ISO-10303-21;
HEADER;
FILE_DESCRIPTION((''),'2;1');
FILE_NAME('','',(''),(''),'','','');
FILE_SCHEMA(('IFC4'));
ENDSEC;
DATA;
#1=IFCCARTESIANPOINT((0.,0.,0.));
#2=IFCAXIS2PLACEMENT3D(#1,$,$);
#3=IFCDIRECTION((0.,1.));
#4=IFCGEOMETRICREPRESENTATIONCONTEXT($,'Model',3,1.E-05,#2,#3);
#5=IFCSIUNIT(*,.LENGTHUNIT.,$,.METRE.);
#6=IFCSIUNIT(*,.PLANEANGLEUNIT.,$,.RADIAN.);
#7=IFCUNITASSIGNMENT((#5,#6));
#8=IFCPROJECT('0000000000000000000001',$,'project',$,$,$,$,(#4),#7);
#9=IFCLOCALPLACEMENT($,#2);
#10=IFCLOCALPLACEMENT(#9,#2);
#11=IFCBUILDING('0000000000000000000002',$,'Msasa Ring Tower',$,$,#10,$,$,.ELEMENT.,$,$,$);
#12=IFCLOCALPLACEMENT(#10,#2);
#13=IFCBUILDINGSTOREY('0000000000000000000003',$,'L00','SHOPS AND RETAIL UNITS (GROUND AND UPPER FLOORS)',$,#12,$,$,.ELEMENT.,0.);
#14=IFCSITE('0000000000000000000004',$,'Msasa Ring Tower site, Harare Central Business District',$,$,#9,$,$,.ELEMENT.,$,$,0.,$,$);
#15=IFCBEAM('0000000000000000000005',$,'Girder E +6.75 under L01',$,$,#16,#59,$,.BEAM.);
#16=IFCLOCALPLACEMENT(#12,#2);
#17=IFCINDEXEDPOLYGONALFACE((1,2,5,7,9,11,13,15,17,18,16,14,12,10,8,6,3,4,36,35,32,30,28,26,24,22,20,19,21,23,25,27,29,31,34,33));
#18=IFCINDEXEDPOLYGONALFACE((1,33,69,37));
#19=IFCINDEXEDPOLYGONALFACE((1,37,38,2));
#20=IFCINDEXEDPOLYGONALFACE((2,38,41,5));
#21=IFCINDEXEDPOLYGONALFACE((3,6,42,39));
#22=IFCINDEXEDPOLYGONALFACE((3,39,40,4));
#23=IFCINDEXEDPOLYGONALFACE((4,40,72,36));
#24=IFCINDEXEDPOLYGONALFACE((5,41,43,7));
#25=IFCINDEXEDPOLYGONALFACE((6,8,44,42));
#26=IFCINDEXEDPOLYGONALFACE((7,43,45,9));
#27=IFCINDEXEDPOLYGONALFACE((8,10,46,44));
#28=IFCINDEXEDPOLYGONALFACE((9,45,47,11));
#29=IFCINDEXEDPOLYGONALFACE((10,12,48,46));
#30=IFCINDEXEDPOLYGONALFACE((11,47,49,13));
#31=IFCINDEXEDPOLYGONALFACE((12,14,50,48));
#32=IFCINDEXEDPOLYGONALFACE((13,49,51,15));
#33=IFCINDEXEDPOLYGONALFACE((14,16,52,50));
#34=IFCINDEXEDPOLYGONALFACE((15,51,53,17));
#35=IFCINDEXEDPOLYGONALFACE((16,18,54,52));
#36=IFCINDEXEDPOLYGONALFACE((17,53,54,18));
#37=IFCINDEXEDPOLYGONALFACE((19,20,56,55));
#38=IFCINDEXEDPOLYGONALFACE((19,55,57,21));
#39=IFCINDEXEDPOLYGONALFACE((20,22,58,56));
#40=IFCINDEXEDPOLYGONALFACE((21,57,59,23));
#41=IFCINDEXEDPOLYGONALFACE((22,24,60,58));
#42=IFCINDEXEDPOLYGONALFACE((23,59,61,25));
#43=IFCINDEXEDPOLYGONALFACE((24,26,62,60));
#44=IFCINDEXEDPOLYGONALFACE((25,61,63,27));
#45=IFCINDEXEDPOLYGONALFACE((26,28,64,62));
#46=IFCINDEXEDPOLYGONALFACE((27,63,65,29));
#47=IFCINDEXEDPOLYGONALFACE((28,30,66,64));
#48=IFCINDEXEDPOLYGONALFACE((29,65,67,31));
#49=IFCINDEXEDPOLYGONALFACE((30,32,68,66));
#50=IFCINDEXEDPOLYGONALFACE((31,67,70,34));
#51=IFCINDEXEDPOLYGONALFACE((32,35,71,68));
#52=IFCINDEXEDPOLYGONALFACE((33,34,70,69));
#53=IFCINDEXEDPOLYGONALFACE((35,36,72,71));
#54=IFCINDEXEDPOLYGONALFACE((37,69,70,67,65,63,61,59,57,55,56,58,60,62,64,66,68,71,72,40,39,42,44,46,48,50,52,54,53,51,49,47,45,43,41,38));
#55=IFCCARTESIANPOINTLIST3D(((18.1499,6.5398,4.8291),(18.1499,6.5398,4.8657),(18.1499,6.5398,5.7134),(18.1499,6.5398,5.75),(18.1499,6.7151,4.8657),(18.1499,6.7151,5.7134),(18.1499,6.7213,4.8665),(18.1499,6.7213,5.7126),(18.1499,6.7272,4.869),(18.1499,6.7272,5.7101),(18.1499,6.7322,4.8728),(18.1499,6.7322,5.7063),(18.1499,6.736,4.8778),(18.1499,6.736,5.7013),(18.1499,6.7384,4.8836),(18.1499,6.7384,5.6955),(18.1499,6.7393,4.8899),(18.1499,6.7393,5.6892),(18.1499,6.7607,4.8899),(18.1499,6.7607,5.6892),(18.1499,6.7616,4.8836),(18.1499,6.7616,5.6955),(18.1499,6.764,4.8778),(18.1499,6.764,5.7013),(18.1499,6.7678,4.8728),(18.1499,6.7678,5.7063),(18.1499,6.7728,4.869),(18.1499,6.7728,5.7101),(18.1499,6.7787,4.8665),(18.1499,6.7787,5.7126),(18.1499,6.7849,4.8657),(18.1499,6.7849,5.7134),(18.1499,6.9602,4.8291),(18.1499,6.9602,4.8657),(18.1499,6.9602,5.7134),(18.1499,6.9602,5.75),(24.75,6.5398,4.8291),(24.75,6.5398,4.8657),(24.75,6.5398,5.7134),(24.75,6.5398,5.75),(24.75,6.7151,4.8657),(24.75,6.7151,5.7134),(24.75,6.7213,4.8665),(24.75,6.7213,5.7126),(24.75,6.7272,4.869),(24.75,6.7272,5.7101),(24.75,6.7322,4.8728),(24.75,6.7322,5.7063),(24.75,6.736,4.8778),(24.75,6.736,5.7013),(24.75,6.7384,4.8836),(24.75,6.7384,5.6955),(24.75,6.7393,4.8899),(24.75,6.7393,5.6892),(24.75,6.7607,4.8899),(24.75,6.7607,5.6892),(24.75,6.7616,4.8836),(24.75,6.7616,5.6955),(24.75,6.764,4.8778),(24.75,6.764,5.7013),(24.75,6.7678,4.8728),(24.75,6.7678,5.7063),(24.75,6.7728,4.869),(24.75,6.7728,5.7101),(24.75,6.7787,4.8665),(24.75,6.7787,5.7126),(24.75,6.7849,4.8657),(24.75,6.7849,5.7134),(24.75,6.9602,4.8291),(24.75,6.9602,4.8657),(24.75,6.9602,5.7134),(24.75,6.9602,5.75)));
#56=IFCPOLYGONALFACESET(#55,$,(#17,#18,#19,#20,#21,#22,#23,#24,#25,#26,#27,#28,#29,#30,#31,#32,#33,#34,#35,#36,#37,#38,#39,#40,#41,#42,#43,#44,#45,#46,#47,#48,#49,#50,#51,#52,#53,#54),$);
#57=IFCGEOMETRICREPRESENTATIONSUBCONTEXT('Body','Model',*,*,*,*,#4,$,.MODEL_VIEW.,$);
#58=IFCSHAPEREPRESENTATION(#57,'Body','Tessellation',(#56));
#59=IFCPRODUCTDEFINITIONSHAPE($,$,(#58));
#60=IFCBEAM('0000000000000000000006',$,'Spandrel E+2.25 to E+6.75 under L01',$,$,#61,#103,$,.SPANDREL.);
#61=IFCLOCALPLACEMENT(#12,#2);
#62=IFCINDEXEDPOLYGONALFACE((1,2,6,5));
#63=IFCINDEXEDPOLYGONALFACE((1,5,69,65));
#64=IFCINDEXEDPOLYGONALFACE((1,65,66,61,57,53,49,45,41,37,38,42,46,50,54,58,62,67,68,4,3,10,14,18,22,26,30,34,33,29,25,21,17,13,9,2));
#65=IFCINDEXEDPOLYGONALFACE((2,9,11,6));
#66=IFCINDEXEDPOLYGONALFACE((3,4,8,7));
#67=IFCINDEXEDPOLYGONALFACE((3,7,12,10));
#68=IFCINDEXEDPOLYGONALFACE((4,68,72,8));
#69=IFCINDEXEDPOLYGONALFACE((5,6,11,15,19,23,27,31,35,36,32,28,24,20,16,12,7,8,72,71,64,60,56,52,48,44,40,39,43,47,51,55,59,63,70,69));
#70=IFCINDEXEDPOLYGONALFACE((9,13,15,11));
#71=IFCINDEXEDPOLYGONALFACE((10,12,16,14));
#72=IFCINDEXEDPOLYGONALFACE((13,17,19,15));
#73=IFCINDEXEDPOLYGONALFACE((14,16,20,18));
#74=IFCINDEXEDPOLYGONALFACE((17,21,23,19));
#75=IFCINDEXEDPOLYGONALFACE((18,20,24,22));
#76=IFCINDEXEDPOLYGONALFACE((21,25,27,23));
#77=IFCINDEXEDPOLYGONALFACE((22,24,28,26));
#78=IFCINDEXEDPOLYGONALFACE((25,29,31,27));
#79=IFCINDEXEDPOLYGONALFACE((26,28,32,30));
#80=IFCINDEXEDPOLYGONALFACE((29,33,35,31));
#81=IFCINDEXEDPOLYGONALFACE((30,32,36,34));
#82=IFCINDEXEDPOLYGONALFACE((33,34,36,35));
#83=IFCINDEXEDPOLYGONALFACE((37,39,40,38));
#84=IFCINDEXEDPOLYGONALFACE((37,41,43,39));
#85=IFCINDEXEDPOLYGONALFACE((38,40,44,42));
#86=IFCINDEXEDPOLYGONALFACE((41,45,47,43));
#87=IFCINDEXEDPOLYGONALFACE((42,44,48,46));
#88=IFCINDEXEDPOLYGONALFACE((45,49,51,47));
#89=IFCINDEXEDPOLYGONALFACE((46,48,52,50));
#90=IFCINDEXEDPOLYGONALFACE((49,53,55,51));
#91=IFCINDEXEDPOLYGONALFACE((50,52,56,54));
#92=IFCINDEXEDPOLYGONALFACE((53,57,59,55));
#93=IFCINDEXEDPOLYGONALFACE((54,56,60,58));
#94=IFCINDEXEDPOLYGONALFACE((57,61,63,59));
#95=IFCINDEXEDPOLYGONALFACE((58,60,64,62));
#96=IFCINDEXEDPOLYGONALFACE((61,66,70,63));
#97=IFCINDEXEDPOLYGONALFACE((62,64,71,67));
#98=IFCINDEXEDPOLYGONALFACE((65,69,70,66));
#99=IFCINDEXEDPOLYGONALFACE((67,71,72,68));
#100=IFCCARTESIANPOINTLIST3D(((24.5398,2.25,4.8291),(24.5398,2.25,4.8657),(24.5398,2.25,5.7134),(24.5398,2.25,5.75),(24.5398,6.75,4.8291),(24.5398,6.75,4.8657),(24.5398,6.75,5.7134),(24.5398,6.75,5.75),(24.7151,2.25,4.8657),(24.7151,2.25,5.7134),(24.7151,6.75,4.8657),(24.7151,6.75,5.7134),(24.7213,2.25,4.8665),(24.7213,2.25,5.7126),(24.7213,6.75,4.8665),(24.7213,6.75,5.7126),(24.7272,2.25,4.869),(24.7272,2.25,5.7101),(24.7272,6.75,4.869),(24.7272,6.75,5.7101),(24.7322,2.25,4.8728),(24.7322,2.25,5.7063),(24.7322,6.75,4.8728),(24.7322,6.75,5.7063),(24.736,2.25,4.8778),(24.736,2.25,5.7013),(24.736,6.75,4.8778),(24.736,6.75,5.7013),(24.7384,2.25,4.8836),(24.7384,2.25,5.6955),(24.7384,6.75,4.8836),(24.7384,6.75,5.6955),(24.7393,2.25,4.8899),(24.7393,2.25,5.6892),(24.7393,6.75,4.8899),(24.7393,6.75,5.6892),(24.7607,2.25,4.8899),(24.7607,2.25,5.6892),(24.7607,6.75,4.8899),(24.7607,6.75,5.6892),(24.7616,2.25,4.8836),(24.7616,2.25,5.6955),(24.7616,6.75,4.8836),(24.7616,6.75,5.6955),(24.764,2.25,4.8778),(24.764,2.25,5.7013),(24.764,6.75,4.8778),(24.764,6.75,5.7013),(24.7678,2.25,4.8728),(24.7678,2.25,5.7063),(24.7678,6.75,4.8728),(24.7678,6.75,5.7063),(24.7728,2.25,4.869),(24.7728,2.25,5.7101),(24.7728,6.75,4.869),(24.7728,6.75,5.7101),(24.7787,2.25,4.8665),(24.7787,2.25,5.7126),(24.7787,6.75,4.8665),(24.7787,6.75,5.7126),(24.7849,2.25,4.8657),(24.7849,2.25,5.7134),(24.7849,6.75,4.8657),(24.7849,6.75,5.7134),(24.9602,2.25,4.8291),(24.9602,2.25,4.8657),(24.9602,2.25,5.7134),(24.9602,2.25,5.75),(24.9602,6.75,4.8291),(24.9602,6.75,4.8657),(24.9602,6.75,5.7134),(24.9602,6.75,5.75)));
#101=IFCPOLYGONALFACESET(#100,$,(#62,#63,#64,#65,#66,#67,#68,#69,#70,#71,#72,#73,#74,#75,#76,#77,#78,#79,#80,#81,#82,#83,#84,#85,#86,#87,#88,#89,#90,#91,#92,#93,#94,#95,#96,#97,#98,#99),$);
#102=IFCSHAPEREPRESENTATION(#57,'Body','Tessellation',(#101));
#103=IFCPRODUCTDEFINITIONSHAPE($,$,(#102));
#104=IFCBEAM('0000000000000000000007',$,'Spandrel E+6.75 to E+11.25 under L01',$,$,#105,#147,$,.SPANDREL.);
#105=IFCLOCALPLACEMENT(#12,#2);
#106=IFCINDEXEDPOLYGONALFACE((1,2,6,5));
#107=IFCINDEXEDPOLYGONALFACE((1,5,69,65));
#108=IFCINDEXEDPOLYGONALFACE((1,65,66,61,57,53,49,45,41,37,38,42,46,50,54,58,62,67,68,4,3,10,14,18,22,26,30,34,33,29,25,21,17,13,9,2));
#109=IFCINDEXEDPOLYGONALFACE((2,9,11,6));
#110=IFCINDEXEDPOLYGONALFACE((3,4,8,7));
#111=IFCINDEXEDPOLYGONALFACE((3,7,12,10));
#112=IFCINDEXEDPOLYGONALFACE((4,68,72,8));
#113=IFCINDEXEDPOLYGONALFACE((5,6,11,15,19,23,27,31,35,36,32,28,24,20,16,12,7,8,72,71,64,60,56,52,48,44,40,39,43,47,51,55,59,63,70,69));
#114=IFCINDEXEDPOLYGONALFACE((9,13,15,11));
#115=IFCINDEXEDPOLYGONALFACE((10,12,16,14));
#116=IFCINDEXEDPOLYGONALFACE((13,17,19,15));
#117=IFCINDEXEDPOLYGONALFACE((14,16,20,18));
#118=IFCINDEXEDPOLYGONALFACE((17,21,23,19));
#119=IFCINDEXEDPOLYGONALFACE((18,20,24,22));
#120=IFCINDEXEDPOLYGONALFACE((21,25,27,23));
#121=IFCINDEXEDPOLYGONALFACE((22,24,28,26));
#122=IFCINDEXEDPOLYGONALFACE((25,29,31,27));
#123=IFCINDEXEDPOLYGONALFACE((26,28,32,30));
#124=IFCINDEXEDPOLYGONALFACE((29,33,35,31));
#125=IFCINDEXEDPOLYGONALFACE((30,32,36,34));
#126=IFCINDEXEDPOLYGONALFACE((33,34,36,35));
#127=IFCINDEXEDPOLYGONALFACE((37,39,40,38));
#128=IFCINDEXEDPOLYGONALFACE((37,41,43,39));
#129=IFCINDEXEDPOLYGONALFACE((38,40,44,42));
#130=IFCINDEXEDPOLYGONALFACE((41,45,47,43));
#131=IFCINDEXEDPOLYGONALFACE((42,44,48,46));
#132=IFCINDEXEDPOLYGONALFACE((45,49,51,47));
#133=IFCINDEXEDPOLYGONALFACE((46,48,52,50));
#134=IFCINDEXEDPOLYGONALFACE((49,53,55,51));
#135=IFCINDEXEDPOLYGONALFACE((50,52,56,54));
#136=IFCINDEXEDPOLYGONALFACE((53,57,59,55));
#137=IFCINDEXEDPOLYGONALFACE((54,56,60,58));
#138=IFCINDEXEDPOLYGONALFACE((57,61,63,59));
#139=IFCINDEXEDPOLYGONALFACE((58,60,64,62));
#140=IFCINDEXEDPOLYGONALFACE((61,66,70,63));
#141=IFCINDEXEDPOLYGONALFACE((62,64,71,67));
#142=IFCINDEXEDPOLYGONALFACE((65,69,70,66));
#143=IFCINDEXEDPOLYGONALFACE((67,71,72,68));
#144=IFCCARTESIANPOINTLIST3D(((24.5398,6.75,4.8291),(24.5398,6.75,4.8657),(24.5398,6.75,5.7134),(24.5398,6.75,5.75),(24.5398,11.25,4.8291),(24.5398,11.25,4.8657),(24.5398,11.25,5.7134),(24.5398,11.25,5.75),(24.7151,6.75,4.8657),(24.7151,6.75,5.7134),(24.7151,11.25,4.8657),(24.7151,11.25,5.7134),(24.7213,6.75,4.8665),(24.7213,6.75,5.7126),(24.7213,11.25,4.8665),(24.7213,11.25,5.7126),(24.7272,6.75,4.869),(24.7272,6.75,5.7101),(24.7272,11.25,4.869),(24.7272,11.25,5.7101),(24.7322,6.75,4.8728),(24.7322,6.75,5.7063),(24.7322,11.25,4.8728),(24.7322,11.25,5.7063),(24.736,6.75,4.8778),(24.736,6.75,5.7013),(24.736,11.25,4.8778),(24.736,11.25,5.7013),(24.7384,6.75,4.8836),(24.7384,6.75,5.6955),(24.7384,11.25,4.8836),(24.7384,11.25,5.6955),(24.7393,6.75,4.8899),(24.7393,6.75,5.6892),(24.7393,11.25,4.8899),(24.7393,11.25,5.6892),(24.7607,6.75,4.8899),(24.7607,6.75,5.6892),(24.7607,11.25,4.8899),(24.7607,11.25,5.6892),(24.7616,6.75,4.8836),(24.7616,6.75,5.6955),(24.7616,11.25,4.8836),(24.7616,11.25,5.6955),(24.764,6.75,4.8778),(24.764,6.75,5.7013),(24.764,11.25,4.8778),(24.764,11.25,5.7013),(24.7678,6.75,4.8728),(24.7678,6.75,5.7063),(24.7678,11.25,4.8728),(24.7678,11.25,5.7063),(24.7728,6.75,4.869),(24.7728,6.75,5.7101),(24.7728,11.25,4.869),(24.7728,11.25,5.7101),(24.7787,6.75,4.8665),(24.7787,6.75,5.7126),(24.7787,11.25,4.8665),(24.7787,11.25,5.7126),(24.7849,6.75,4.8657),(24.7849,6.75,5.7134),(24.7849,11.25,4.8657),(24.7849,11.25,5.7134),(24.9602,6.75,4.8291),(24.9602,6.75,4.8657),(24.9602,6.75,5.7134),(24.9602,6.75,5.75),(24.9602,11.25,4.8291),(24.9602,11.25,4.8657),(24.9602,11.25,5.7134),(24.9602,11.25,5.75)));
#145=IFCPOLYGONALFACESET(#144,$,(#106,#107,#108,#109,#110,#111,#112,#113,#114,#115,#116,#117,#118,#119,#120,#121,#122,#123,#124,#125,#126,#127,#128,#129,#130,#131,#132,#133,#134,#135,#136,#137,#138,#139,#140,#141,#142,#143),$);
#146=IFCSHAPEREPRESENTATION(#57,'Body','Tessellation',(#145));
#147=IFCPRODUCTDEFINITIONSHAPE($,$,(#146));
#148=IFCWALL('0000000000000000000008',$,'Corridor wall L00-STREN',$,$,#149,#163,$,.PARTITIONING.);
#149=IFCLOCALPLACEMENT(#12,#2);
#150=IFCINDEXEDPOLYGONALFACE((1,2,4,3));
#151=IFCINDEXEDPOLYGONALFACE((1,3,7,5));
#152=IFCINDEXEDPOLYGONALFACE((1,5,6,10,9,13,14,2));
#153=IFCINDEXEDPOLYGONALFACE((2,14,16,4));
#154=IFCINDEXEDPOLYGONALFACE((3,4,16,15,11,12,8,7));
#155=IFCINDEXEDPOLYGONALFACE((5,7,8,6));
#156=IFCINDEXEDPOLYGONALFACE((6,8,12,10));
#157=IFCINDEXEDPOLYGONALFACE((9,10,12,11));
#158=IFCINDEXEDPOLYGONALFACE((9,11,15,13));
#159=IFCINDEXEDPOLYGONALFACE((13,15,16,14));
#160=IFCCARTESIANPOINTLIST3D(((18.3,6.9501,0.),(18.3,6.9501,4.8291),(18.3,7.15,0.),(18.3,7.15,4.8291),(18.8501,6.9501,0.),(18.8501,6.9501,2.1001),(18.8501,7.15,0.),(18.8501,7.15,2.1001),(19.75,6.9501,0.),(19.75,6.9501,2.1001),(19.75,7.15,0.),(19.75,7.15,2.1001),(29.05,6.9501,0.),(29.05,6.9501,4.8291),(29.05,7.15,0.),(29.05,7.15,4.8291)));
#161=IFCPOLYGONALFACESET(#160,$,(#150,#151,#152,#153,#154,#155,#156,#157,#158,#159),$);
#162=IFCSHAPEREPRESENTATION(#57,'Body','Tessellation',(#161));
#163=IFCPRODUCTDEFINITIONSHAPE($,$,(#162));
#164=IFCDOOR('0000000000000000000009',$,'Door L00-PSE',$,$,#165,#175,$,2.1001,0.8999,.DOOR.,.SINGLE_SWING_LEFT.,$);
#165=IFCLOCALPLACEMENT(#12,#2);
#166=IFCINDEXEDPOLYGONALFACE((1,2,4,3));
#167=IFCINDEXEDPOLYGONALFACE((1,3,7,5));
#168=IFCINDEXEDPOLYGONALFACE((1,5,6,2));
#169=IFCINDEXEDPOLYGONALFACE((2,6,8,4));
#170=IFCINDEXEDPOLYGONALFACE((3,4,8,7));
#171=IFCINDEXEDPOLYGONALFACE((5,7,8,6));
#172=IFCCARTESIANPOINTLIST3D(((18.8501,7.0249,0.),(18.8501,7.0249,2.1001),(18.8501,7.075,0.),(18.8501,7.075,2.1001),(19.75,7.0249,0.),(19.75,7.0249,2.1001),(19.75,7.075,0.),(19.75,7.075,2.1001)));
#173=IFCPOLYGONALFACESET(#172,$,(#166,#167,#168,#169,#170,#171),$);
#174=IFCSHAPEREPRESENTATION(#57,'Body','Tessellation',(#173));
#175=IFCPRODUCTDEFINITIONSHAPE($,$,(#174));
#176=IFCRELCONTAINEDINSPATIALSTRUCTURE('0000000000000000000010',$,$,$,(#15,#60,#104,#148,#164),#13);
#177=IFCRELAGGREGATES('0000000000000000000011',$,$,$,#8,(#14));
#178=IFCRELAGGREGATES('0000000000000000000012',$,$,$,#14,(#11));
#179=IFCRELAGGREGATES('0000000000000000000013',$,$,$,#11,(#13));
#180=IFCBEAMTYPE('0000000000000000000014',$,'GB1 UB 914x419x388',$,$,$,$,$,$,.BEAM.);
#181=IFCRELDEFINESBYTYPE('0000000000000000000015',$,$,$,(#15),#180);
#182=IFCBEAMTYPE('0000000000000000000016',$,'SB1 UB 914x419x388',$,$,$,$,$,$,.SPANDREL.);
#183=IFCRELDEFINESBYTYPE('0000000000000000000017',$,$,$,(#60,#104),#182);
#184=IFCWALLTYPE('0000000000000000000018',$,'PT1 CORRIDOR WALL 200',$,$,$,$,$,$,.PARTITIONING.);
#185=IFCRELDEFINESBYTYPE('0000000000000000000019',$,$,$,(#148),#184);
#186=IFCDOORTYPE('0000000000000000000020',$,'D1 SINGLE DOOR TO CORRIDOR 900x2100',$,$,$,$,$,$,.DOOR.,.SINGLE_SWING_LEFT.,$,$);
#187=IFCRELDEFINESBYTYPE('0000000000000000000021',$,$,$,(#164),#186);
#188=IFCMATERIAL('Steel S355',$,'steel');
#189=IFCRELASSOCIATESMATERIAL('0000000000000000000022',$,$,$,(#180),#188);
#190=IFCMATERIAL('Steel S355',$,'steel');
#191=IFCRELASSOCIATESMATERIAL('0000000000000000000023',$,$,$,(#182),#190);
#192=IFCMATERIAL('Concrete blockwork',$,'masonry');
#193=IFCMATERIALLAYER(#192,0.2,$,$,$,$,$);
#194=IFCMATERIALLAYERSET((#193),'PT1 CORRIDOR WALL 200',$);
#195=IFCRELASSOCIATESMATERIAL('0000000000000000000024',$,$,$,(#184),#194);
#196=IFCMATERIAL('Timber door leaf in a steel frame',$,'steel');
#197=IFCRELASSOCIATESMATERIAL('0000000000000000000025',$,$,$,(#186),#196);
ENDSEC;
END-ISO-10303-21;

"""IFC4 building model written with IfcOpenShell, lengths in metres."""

from ifc_helpers import new_model, si_unit, direction, frame, frame_2d, origin, origin_2d, place, context, subcontext, project, spatial, rectangle, i_section, extrude, material, layer, layer_set, material_profile, profile_set, type_object, element, fill, save


model = new_model("IFC4")

# Units and contexts
model_context = context("Model", 3, precision=1e-05, world=origin(), true_north=direction((0.0, 1.0)))
body_context = subcontext(model_context, "Body", "Model", "MODEL_VIEW")
ifc_project = project(units=[si_unit("LENGTHUNIT", "METRE"), si_unit("PLANEANGLEUNIT", "RADIAN")], contexts=[model_context])

# Site, building, storey
site_placement = place(None, origin())
site = spatial("IfcSite", under=ifc_project, at=site_placement, Name="Msasa Ring Tower site, Harare Central Business District", CompositionType="ELEMENT", RefElevation=0.0)
building_placement = place(site_placement, origin())
building = spatial("IfcBuilding", under=site, at=building_placement, Name="Msasa Ring Tower", CompositionType="ELEMENT")
storey_placement = place(building_placement, origin())
storey = spatial("IfcBuildingStorey", under=building, at=storey_placement, Name="L00", Description="SHOPS AND RETAIL UNITS (GROUND AND UPPER FLOORS)", CompositionType="ELEMENT", Elevation=0.0)

# Beams
ifc_material_1 = material(Name="Steel S355", Category="steel")
ifc_material_profile_1 = material_profile(ifc_material_1, i_section(OverallWidth=0.4204, OverallDepth=0.9209, WebThickness=0.0215, FlangeThickness=0.0366, FilletRadius=0.0242, at=origin_2d()), Name="UB 914x419x388")
ifc_profile_set_1 = profile_set([ifc_material_profile_1], Name="Steel S355")
beam_type_1 = type_object("IfcBeamType", Name="GB1 UB 914x419x388", PredefinedType="BEAM", material=ifc_profile_set_1)
beam_1_placement = place(storey_placement, frame((18.1499, 6.75, 5.2896), z_axis=(1.0, 0.0, 0.0), x_axis=(0.0, 1.0, 0.0)))
element("IfcBeam", 1, at=beam_1_placement, inside=storey, type_object=beam_type_1, Name="Girder E +6.75 under L01", PredefinedType="BEAM", context=body_context, shape_type="SweptSolid", body=[
    extrude(i_section(OverallWidth=0.4204, OverallDepth=0.9209, WebThickness=0.0215, FlangeThickness=0.0366, FilletRadius=0.0242, at=origin_2d()), origin(), (0.0, 0.0, 1.0), 6.6001),
])
ifc_material_2 = material(Name="Steel S355", Category="steel")
ifc_material_profile_2 = material_profile(ifc_material_2, i_section(OverallWidth=0.4204, OverallDepth=0.9209, WebThickness=0.0215, FlangeThickness=0.0366, FilletRadius=0.0242, at=origin_2d()), Name="UB 914x419x388")
ifc_profile_set_2 = profile_set([ifc_material_profile_2], Name="Steel S355")
beam_type_2 = type_object("IfcBeamType", Name="SB1 UB 914x419x388", PredefinedType="SPANDREL", material=ifc_profile_set_2)
for number, where, z_axis, x_axis, name in (
    (2, (24.75, 2.25, 5.2896), (0.0, 1.0, 0.0), (-1.0, 0.0, 0.0), "Spandrel E+2.25 to E+6.75 under L01"),
    (3, (24.75, 6.75, 5.2896), (0.0, 1.0, 0.0), (-1.0, 0.0, 0.0), "Spandrel E+6.75 to E+11.25 under L01"),
):
    element("IfcBeam", number, at=place(storey_placement, frame(where, z_axis=z_axis, x_axis=x_axis)), inside=storey, type_object=beam_type_2, Name=name, PredefinedType="SPANDREL", context=body_context, shape_type="SweptSolid", body=[
        extrude(i_section(OverallWidth=0.4204, OverallDepth=0.9209, WebThickness=0.0215, FlangeThickness=0.0366, FilletRadius=0.0242, at=origin_2d()), origin(), (0.0, 0.0, 1.0), 4.5),
    ])

# Wall, opening, door
ifc_material_3 = material(Name="Concrete blockwork", Category="masonry")
ifc_layer_1 = layer(ifc_material_3, 0.2)
ifc_layer_set_1 = layer_set([ifc_layer_1], Name="PT1 CORRIDOR WALL 200")
wall_type_1 = type_object("IfcWallType", Name="PT1 CORRIDOR WALL 200", PredefinedType="PARTITIONING", material=ifc_layer_set_1)
wall_1_placement = place(storey_placement, frame((18.3, 7.05, 0.0), z_axis=(0.0, 0.0, 1.0), x_axis=(1.0, 0.0, 0.0)))
wall_1 = element("IfcWall", 4, at=wall_1_placement, inside=storey, type_object=wall_type_1, Name="Corridor wall L00-STREN", PredefinedType="PARTITIONING", context=body_context, shape_type="SweptSolid", body=[
    extrude(rectangle(XDim=10.75, YDim=0.2, at=frame_2d((5.375, 0.0))), origin(), (0.0, 0.0, 1.0), 4.8291),
])
opening_1_placement = place(wall_1_placement, frame((0.55, 0.0, 0.0)))
opening_1 = element("IfcOpeningElement", 5, at=opening_1_placement, cuts=wall_1, PredefinedType="OPENING", context=body_context, shape_type="SweptSolid", body=[
    extrude(rectangle(XDim=0.8999, YDim=2.1001, at=frame_2d((0.45, 1.05))), frame((0.0, 0.1099, 0.0), z_axis=(0.0, -1.0, 0.0), x_axis=(1.0, 0.0, 0.0)), (0.0, 0.0, 1.0), 0.22),
])
ifc_material_4 = material(Name="Timber door leaf in a steel frame", Category="steel")
door_type_1 = type_object("IfcDoorType", Name="D1 SINGLE DOOR TO CORRIDOR 900x2100", OperationType="SINGLE_SWING_LEFT", PredefinedType="DOOR", material=ifc_material_4)
door_1_placement = place(opening_1_placement, origin())
door_1 = element("IfcDoor", 6, at=door_1_placement, inside=storey, type_object=door_type_1, Name="Door L00-PSE", OperationType="SINGLE_SWING_LEFT", OverallHeight=2.1001, OverallWidth=0.8999, PredefinedType="DOOR", context=body_context, shape_type="SweptSolid", body=[
    extrude(rectangle(XDim=0.8999, YDim=2.1001, at=frame_2d((0.45, 1.05))), frame((0.0, 0.0249, 0.0), z_axis=(0.0, -1.0, 0.0), x_axis=(1.0, 0.0, 0.0)), (0.0, 0.0, 1.0), 0.05),
])
fill(opening_1, door_1)

save(model, "model.ifc")
